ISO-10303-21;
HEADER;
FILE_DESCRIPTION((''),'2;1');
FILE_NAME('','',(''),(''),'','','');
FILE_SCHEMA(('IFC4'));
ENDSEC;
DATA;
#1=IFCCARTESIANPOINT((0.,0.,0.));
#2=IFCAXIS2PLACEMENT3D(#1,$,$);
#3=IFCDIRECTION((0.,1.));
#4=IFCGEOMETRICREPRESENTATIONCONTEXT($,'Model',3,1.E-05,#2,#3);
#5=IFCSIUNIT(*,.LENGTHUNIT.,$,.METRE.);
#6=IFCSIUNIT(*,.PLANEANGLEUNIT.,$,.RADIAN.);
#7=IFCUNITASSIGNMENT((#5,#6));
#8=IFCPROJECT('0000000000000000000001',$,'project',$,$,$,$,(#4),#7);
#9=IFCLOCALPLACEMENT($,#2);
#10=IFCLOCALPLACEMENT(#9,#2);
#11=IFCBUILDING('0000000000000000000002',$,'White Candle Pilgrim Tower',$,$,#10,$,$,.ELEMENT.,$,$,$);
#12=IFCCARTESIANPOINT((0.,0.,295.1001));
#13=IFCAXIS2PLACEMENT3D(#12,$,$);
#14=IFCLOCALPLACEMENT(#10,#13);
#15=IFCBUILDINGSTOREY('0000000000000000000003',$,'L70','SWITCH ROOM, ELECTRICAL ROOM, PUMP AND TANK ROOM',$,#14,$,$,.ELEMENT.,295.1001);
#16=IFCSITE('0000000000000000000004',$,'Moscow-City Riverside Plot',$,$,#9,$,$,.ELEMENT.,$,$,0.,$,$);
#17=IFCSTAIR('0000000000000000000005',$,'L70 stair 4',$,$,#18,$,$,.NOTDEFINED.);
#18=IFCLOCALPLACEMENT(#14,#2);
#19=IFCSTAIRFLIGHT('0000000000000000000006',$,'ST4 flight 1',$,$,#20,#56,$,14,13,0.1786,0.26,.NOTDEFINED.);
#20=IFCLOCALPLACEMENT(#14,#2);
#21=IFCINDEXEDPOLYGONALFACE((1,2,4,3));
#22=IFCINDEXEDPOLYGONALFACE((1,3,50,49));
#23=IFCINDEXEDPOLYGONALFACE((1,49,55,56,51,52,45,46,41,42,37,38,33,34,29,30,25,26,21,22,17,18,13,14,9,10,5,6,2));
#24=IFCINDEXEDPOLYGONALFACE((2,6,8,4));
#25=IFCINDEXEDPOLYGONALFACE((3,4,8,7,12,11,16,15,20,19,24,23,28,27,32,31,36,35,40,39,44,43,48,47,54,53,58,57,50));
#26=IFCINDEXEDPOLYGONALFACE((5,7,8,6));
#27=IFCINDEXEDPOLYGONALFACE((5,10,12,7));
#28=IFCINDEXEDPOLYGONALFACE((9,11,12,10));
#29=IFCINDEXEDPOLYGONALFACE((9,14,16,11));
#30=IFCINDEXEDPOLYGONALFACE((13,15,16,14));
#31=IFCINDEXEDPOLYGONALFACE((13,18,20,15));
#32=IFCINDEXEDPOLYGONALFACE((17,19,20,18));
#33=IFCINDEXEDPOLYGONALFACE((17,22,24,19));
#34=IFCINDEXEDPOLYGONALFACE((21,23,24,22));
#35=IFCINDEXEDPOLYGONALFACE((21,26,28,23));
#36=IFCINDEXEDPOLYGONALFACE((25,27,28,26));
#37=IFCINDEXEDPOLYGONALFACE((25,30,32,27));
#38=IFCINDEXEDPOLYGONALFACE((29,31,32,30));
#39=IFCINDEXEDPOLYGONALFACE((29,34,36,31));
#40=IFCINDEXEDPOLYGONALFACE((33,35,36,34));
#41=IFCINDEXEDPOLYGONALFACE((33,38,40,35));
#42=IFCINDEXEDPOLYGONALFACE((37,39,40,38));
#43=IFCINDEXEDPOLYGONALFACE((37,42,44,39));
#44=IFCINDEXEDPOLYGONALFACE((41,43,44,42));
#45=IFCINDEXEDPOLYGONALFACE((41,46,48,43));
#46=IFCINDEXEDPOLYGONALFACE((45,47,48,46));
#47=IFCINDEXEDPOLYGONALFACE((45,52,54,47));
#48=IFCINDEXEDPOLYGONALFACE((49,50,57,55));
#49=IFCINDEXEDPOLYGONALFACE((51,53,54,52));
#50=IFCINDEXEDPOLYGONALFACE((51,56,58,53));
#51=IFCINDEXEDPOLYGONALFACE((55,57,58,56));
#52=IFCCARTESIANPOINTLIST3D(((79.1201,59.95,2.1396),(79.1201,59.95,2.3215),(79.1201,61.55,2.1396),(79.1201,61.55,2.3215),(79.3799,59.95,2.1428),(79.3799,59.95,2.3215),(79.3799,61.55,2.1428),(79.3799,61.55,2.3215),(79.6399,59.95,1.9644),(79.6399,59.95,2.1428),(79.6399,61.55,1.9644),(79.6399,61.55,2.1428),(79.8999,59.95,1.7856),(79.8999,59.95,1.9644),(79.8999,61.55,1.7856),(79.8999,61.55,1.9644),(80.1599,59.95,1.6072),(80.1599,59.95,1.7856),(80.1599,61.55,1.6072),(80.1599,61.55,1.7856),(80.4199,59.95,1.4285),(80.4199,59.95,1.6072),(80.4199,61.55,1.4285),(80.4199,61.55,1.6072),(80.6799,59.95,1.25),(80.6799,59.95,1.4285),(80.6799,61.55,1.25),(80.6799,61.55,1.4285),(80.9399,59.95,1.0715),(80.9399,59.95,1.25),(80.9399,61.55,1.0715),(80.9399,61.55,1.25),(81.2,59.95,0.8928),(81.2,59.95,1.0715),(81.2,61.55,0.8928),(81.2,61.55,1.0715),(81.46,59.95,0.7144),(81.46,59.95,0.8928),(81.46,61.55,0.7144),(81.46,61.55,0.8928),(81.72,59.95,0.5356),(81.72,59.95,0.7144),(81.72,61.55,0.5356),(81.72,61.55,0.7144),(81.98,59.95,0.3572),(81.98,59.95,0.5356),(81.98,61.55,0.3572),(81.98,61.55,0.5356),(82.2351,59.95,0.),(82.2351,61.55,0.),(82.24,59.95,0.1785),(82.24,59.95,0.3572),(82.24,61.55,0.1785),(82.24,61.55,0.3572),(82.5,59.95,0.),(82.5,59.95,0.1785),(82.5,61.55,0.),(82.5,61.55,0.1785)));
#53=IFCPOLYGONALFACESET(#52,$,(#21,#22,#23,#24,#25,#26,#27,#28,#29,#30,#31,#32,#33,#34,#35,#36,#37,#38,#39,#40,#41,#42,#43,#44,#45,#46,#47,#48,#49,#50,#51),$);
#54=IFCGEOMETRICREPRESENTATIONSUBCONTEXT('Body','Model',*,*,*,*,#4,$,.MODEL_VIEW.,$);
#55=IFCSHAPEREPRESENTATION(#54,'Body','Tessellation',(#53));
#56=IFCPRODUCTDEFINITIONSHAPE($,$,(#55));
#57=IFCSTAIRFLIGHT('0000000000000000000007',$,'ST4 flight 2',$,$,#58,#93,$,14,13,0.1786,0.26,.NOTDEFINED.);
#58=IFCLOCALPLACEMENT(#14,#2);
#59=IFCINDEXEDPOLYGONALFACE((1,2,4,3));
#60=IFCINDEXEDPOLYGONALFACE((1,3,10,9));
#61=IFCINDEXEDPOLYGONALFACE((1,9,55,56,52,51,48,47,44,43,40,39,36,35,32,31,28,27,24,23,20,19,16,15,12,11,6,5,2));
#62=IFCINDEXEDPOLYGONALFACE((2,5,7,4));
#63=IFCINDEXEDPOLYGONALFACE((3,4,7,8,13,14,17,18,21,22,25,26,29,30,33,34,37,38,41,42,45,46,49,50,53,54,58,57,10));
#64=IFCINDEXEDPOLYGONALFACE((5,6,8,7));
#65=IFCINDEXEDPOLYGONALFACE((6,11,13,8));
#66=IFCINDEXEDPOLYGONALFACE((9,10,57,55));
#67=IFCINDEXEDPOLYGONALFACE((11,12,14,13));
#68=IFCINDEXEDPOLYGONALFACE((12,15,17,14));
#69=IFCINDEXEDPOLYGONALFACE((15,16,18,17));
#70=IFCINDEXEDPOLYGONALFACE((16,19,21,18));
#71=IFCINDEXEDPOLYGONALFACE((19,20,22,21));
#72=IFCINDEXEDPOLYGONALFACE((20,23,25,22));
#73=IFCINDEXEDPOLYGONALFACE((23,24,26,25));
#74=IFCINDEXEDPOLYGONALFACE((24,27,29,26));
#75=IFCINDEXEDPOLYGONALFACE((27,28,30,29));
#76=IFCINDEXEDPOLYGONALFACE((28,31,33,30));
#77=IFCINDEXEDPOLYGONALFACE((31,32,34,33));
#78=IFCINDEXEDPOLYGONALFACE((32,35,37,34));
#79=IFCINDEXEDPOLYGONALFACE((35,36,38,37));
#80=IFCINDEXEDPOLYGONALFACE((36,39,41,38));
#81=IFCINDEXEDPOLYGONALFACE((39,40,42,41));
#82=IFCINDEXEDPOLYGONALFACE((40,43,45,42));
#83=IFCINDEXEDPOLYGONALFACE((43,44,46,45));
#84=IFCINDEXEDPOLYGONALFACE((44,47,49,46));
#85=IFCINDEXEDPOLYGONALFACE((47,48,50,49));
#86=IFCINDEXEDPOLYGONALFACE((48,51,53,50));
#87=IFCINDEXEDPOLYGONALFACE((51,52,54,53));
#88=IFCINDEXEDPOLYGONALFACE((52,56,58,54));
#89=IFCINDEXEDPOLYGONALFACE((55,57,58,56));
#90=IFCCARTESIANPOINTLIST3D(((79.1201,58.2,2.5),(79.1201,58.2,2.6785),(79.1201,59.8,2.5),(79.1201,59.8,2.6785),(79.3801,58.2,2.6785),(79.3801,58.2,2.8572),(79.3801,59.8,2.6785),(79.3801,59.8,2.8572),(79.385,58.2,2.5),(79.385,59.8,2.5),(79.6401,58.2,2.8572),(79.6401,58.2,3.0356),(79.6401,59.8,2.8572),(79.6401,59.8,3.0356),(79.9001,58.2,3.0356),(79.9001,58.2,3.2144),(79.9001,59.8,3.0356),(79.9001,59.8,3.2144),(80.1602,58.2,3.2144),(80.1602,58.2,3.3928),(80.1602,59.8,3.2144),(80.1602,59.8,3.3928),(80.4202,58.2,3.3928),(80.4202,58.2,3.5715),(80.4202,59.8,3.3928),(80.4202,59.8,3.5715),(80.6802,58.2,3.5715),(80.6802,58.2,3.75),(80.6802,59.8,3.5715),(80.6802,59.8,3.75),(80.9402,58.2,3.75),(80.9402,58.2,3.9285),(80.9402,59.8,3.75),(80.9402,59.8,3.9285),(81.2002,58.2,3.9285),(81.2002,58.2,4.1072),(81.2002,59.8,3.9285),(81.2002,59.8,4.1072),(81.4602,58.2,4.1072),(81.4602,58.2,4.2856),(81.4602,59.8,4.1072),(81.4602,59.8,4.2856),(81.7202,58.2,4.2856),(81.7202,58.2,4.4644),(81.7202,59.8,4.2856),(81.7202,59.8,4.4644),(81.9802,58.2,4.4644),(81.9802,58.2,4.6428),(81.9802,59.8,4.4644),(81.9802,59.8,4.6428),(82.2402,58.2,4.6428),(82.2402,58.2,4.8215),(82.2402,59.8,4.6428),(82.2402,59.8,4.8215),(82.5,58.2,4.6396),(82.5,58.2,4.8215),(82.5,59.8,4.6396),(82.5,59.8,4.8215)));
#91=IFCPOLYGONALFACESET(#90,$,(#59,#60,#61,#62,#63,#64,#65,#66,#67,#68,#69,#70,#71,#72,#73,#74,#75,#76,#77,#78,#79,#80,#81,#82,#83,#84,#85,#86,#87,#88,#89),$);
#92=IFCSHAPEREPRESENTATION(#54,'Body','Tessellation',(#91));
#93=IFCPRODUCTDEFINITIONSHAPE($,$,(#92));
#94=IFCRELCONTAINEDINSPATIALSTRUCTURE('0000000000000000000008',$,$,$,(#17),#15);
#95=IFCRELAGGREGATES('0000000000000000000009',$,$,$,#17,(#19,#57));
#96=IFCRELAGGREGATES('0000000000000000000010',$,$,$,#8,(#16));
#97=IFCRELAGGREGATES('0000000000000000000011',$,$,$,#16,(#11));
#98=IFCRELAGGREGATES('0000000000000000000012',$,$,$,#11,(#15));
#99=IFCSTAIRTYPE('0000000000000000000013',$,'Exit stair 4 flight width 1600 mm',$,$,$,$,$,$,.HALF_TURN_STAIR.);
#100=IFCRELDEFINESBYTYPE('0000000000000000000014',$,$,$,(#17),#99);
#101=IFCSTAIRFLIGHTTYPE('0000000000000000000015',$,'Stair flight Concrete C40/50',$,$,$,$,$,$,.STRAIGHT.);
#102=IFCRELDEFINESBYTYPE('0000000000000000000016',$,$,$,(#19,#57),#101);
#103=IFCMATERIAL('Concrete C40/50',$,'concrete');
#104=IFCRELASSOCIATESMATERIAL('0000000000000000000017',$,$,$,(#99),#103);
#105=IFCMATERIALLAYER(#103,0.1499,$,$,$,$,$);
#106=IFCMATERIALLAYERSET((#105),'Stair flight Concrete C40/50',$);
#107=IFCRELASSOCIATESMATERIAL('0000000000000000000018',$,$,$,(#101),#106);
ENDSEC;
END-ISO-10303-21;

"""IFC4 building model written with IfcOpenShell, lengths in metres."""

from ifc_helpers import new_model, si_unit, direction, frame, origin, place, context, subcontext, project, spatial, polyline, outline, extrude, material, layer, layer_set, type_object, element, aggregate, save


model = new_model("IFC4")

# Units and contexts
model_context = context("Model", 3, precision=1e-05, world=origin(), true_north=direction((0.0, 1.0)))
body_context = subcontext(model_context, "Body", "Model", "MODEL_VIEW")
ifc_project = project(units=[si_unit("LENGTHUNIT", "METRE"), si_unit("PLANEANGLEUNIT", "RADIAN")], contexts=[model_context])

# Site, building, storey
site_placement = place(None, origin())
site = spatial("IfcSite", under=ifc_project, at=site_placement, Name="Moscow-City Riverside Plot", CompositionType="ELEMENT", RefElevation=0.0)
building_placement = place(site_placement, origin())
building = spatial("IfcBuilding", under=site, at=building_placement, Name="White Candle Pilgrim Tower", CompositionType="ELEMENT")
storey_placement = place(building_placement, frame((0.0, 0.0, 295.1001)))
storey = spatial("IfcBuildingStorey", under=building, at=storey_placement, Name="L70", Description="SWITCH ROOM, ELECTRICAL ROOM, PUMP AND TANK ROOM", CompositionType="ELEMENT", Elevation=295.1001)

# Stair, stair flights
ifc_material_1 = material(Name="Concrete C40/50", Category="concrete")
stair_type = type_object("IfcStairType", Name="Exit stair 4 flight width 1600 mm", PredefinedType="HALF_TURN_STAIR", material=ifc_material_1)
stair_placement = place(storey_placement, origin())
stair = element("IfcStair", 1, at=stair_placement, inside=storey, type_object=stair_type, Name="L70 stair 4", PredefinedType="NOTDEFINED")
ifc_layer_1 = layer(ifc_material_1, 0.1499)
ifc_layer_set_1 = layer_set([ifc_layer_1], Name="Stair flight Concrete C40/50")
stair_flight_type = type_object("IfcStairFlightType", Name="Stair flight Concrete C40/50", PredefinedType="STRAIGHT", material=ifc_layer_set_1)
stair_flight_1_placement = place(storey_placement, frame((82.5, 60.75, 0.0), z_axis=(0.0, 0.0, 1.0), x_axis=(-1.0, 0.0, 0.0)))
stair_flight_1 = element("IfcStairFlight", 2, at=stair_flight_1_placement, type_object=stair_flight_type, Name="ST4 flight 1", NumberOfRisers=14, NumberOfTreads=13, PredefinedType="NOTDEFINED", RiserHeight=0.1786, TreadLength=0.26, context=body_context, shape_type="SweptSolid", body=[
    extrude(outline(polyline([(0.0, 0.0), (0.0, 0.1785), (0.26, 0.1785), (0.26, 0.3572), (0.52, 0.3572), (0.52, 0.5356), (0.78, 0.5356), (0.78, 0.7144), (1.04, 0.7144), (1.04, 0.8928), (1.3, 0.8928), (1.3, 1.0715), (1.5601, 1.0715), (1.5601, 1.25), (1.8201, 1.25), (1.8201, 1.4285), (2.0801, 1.4285), (2.0801, 1.6072), (2.3401, 1.6072), (2.3401, 1.7856), (2.6001, 1.7856), (2.6001, 1.9644), (2.8601, 1.9644), (2.8601, 2.1428), (3.1201, 2.1428), (3.1201, 2.3215), (3.3799, 2.3215), (3.3799, 2.5), (3.3799, 2.1396), (0.2649, 0.0), (0.0, 0.0)])), frame((0.0, 0.8, 0.0), z_axis=(0.0, -1.0, 0.0), x_axis=(1.0, 0.0, 0.0)), (0.0, 0.0, 1.0), 1.6001),
])
stair_flight_2_placement = place(storey_placement, frame((79.1201, 59.0, 2.5), z_axis=(0.0, 0.0, 1.0), x_axis=(1.0, 0.0, 0.0)))
stair_flight_2 = element("IfcStairFlight", 3, at=stair_flight_2_placement, type_object=stair_flight_type, Name="ST4 flight 2", NumberOfRisers=14, NumberOfTreads=13, PredefinedType="NOTDEFINED", RiserHeight=0.1786, TreadLength=0.26, context=body_context, shape_type="SweptSolid", body=[
    extrude(outline(polyline([(0.0, 0.0), (0.0, 0.1785), (0.26, 0.1785), (0.26, 0.3572), (0.52, 0.3572), (0.52, 0.5356), (0.78, 0.5356), (0.78, 0.7144), (1.04, 0.7144), (1.04, 0.8928), (1.3, 0.8928), (1.3, 1.0715), (1.5601, 1.0715), (1.5601, 1.25), (1.8201, 1.25), (1.8201, 1.4285), (2.0801, 1.4285), (2.0801, 1.6072), (2.3401, 1.6072), (2.3401, 1.7856), (2.6001, 1.7856), (2.6001, 1.9644), (2.8601, 1.9644), (2.8601, 2.1428), (3.1201, 2.1428), (3.1201, 2.3215), (3.3799, 2.3215), (3.3799, 2.5), (3.3799, 2.1396), (0.2649, 0.0), (0.0, 0.0)])), frame((0.0, 0.8, 0.0), z_axis=(0.0, -1.0, 0.0), x_axis=(1.0, 0.0, 0.0)), (0.0, 0.0, 1.0), 1.6001),
])
aggregate(stair, [stair_flight_1, stair_flight_2])

save(model, "model.ifc")
